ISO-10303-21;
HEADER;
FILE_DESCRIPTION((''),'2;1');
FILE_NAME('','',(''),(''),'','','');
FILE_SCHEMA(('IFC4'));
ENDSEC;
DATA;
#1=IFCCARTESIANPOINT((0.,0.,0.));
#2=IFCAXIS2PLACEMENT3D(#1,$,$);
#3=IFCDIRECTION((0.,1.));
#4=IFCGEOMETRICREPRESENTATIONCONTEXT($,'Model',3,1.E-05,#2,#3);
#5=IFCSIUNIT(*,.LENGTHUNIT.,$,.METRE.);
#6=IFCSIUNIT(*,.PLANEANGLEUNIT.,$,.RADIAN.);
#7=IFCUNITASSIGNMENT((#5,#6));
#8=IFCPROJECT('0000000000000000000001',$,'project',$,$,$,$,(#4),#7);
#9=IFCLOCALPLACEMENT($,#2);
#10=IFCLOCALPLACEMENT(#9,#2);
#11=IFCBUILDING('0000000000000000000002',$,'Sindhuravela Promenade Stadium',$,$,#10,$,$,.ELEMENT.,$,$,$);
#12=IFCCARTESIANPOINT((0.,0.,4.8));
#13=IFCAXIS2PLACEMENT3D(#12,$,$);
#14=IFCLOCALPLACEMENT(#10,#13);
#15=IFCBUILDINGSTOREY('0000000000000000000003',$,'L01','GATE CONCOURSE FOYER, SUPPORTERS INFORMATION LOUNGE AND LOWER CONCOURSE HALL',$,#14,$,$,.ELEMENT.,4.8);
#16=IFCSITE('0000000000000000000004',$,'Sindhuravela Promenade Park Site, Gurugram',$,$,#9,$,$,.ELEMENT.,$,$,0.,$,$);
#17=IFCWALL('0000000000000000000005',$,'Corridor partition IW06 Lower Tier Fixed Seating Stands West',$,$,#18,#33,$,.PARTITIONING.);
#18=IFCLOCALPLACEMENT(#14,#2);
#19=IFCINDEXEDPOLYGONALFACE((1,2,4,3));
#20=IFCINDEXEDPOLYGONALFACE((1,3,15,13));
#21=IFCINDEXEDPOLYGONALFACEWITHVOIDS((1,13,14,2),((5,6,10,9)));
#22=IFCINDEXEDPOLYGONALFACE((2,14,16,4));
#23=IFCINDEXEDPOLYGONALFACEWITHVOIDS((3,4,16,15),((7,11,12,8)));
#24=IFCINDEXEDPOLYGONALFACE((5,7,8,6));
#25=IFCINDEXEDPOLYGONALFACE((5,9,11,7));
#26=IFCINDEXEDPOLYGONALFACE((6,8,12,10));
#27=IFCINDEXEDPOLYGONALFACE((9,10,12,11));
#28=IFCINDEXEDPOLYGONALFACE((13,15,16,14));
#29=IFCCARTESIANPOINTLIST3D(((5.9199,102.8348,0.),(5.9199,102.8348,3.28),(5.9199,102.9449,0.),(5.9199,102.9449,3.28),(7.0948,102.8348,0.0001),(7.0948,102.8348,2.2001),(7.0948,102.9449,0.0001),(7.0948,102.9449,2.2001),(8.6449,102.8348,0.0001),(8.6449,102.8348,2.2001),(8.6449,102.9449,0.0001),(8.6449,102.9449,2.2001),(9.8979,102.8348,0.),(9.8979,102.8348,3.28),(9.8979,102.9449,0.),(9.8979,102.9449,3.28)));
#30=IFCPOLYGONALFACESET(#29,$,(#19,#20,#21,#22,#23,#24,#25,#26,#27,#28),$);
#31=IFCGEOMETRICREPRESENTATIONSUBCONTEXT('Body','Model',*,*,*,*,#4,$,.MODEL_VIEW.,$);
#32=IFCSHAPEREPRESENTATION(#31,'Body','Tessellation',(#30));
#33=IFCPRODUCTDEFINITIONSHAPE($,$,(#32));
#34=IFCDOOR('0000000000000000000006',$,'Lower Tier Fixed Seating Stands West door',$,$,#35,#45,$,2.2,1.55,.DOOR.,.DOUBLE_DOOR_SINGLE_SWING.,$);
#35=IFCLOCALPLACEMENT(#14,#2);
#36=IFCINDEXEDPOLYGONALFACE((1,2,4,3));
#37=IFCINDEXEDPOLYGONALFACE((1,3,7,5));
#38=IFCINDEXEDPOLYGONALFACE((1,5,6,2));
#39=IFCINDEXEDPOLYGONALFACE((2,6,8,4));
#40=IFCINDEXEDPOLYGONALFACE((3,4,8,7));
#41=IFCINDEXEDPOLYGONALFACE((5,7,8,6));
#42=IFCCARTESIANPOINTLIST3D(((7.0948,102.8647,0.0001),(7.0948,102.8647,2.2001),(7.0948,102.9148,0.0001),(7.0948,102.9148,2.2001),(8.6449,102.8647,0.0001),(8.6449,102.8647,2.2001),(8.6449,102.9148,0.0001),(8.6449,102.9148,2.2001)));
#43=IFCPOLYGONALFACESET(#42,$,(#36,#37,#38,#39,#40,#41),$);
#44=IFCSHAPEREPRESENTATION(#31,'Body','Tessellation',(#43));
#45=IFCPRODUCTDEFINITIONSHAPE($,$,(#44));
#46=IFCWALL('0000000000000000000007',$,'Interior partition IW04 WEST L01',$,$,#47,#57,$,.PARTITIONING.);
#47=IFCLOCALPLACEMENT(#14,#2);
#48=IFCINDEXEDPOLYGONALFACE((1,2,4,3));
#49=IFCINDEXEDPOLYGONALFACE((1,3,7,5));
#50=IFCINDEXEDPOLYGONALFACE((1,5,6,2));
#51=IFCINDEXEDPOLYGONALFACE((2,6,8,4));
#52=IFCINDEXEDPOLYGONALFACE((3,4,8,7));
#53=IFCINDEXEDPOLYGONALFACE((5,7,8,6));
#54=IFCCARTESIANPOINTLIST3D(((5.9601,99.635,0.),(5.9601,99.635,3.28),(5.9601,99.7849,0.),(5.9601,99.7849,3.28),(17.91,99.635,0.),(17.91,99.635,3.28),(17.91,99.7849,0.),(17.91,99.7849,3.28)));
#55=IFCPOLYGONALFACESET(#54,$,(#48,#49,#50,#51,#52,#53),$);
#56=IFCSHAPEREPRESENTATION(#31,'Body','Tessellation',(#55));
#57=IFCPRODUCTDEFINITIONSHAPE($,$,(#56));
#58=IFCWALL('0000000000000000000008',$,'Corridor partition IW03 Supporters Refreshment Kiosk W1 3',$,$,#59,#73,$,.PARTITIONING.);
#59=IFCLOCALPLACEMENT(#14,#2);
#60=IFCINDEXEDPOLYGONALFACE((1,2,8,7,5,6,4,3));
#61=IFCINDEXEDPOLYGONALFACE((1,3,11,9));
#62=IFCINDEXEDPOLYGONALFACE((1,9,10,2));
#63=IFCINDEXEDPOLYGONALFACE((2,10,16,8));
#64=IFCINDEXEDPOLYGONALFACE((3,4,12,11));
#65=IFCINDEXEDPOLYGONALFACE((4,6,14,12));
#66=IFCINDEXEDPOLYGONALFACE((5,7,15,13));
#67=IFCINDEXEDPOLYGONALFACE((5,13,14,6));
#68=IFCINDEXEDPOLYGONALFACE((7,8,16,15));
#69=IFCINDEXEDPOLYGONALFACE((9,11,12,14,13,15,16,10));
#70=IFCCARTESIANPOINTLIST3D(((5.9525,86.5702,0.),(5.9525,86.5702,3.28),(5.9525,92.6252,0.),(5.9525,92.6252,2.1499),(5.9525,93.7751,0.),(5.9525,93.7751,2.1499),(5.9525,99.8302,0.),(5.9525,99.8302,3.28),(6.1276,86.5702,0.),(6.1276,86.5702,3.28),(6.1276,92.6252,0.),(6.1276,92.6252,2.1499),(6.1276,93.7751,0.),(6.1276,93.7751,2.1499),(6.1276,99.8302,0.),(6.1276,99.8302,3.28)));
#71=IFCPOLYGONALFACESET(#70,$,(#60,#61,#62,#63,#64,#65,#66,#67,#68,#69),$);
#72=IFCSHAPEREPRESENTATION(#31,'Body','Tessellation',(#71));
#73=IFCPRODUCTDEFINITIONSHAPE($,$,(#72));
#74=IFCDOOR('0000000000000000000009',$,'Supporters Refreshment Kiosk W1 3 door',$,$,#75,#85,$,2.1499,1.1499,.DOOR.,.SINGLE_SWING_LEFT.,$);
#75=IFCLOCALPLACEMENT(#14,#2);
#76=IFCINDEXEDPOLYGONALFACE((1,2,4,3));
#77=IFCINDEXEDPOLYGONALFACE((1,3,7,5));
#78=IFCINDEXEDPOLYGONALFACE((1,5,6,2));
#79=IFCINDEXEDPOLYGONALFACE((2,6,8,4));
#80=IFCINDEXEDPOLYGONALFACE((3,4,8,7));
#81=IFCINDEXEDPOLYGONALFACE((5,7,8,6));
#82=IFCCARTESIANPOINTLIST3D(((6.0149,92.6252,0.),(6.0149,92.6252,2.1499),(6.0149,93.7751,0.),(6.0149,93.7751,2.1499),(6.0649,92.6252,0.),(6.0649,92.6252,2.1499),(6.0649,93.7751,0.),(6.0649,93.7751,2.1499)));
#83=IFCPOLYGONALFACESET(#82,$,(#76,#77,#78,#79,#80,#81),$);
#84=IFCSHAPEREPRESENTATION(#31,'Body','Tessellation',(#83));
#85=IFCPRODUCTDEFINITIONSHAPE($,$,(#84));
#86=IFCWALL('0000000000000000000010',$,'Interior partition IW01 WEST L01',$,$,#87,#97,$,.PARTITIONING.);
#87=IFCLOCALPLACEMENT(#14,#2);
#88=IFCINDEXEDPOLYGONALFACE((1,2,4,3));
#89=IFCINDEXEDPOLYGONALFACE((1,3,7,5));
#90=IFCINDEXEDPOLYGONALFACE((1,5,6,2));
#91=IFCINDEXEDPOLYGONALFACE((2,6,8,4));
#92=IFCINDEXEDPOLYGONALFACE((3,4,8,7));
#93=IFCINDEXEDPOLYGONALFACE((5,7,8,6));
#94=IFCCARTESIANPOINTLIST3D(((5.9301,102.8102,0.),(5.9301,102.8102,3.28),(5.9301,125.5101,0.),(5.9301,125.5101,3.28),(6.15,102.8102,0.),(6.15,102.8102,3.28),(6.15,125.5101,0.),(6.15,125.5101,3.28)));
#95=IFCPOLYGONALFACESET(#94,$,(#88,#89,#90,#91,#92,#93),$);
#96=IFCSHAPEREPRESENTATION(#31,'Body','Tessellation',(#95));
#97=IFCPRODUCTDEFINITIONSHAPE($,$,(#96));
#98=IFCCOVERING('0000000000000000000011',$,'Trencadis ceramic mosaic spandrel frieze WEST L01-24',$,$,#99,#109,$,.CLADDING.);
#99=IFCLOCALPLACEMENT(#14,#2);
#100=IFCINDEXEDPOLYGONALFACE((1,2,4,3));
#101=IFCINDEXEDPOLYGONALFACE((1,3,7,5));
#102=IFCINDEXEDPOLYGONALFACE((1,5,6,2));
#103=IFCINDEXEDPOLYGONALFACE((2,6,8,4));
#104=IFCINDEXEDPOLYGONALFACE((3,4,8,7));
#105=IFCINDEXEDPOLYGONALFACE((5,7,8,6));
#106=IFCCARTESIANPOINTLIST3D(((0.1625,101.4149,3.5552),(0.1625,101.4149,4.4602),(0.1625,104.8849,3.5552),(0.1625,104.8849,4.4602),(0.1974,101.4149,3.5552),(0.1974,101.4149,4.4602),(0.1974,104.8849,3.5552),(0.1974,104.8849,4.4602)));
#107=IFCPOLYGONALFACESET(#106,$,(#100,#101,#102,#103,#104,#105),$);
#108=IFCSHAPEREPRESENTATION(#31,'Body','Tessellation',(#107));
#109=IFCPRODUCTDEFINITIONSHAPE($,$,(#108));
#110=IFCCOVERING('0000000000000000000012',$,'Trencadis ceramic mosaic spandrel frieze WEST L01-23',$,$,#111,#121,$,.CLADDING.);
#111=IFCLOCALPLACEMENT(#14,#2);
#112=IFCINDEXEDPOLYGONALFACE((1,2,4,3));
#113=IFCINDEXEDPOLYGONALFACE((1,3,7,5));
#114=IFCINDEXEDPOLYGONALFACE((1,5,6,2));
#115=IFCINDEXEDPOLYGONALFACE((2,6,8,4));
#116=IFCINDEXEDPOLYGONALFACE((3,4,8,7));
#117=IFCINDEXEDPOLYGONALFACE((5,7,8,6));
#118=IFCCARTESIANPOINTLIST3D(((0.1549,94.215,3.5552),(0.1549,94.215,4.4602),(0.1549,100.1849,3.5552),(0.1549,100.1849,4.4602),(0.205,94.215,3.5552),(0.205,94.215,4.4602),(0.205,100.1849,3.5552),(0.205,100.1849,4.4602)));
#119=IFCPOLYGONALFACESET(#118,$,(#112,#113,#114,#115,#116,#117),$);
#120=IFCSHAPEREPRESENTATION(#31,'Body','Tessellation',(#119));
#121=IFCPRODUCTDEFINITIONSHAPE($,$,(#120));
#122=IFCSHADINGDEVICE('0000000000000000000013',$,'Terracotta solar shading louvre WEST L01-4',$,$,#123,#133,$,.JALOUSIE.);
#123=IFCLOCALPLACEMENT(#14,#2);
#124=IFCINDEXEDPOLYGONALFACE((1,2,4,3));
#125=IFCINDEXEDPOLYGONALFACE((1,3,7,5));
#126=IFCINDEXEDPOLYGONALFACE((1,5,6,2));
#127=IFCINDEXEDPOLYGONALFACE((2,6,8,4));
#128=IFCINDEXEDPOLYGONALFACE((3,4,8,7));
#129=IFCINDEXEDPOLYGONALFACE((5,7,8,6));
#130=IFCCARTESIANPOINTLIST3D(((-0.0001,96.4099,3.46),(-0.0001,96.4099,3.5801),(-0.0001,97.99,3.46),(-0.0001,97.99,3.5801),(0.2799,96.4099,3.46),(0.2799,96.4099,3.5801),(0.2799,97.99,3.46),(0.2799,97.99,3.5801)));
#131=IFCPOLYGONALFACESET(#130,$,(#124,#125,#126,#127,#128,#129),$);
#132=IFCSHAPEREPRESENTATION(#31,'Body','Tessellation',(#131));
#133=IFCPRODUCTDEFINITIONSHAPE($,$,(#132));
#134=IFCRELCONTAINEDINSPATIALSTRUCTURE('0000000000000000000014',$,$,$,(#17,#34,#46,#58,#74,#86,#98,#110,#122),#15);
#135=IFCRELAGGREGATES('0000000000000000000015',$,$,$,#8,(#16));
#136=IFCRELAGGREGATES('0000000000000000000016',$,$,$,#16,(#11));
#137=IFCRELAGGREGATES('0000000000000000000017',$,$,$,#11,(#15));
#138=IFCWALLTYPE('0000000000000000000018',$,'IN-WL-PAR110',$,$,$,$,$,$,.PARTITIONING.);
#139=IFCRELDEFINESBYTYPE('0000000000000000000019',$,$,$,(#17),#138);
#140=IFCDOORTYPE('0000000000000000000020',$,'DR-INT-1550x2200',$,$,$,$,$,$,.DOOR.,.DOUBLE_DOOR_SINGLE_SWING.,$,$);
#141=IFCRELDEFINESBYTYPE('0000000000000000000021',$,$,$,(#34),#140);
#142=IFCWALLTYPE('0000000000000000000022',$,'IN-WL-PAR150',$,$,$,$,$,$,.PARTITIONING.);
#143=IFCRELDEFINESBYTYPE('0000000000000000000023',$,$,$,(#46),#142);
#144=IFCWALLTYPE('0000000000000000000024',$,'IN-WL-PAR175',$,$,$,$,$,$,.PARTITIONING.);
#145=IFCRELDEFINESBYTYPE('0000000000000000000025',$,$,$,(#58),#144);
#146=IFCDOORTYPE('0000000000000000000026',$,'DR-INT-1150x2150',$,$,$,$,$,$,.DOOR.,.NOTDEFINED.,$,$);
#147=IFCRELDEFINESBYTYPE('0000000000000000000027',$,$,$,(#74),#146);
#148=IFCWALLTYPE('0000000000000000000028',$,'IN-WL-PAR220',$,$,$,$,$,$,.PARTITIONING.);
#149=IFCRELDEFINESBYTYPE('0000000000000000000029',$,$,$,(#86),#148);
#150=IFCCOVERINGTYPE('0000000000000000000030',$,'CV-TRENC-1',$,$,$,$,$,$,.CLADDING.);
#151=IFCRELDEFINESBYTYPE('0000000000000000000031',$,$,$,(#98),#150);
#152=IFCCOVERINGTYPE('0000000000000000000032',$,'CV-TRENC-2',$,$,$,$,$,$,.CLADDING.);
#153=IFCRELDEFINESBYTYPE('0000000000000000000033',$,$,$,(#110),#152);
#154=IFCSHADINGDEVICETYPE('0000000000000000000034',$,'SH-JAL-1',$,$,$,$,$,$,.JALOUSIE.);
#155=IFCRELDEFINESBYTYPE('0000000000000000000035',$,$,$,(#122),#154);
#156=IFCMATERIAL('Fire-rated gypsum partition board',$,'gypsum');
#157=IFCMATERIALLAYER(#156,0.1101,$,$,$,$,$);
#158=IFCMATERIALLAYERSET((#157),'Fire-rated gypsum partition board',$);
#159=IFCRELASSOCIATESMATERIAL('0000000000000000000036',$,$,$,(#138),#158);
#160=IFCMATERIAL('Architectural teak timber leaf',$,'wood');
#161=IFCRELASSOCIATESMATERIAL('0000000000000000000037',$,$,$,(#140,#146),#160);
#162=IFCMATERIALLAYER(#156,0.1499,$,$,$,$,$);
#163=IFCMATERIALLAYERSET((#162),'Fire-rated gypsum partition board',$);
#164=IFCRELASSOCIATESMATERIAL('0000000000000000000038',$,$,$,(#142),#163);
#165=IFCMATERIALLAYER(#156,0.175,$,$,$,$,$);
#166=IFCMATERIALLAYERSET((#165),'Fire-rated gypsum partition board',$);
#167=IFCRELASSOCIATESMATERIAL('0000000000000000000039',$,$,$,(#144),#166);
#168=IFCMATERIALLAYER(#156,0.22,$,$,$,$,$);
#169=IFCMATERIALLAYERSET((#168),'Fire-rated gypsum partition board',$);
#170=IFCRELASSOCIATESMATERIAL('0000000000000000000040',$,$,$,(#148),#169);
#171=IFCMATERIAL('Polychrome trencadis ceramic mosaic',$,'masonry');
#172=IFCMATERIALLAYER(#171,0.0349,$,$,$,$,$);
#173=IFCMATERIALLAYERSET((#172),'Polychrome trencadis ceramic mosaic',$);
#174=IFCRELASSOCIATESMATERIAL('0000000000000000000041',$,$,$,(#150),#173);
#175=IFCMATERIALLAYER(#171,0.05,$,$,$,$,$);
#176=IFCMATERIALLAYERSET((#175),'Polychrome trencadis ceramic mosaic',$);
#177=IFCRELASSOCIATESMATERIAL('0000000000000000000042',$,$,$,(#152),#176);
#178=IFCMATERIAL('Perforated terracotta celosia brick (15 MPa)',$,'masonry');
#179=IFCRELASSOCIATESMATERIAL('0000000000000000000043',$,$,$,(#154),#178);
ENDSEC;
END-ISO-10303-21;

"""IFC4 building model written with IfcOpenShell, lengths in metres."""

from ifc_helpers import new_model, si_unit, direction, frame, frame_2d, origin, origin_2d, place, context, subcontext, project, spatial, rectangle, extrude, material, layer, layer_set, type_object, element, fill, save


model = new_model("IFC4")

# Units and contexts
model_context = context("Model", 3, precision=1e-05, world=origin(), true_north=direction((0.0, 1.0)))
body_context = subcontext(model_context, "Body", "Model", "MODEL_VIEW")
ifc_project = project(units=[si_unit("LENGTHUNIT", "METRE"), si_unit("PLANEANGLEUNIT", "RADIAN")], contexts=[model_context])

# Site, building, storey
site_placement = place(None, origin())
site = spatial("IfcSite", under=ifc_project, at=site_placement, Name="Sindhuravela Promenade Park Site, Gurugram", CompositionType="ELEMENT", RefElevation=0.0)
building_placement = place(site_placement, origin())
building = spatial("IfcBuilding", under=site, at=building_placement, Name="Sindhuravela Promenade Stadium", CompositionType="ELEMENT")
storey_placement = place(building_placement, frame((0.0, 0.0, 4.8)))
storey = spatial("IfcBuildingStorey", under=building, at=storey_placement, Name="L01", Description="GATE CONCOURSE FOYER, SUPPORTERS INFORMATION LOUNGE AND LOWER CONCOURSE HALL", CompositionType="ELEMENT", Elevation=4.8)

# Wall, opening, door
ifc_material_1 = material(Name="Fire-rated gypsum partition board", Category="gypsum")
ifc_layer_1 = layer(ifc_material_1, 0.1101)
ifc_layer_set_1 = layer_set([ifc_layer_1], Name="Fire-rated gypsum partition board")
wall_type_1 = type_object("IfcWallType", Name="IN-WL-PAR110", PredefinedType="PARTITIONING", material=ifc_layer_set_1)
wall_1_placement = place(storey_placement, frame((5.9199, 102.8899, 0.0), z_axis=(0.0, 0.0, 1.0), x_axis=(1.0, 0.0, 0.0)))
wall_1 = element("IfcWall", 1, at=wall_1_placement, inside=storey, type_object=wall_type_1, Name="Corridor partition IW06 Lower Tier Fixed Seating Stands West", PredefinedType="PARTITIONING", context=body_context, shape_type="SweptSolid", body=[
    extrude(rectangle(XDim=3.978, YDim=0.1101, at=frame_2d((1.989, 0.0))), origin(), (0.0, 0.0, 1.0), 3.28),
])
opening_1_placement = place(wall_1_placement, frame((1.175, 0.0, 0.0)))
opening_1 = element("IfcOpeningElement", 2, at=opening_1_placement, cuts=wall_1, PredefinedType="OPENING", context=body_context, shape_type="SweptSolid", body=[
    extrude(rectangle(XDim=1.55, YDim=2.2, at=frame_2d((0.7749, 1.1001))), frame((0.0, 0.0649, 0.0), z_axis=(0.0, -1.0, 0.0), x_axis=(1.0, 0.0, 0.0)), (0.0, 0.0, 1.0), 0.1301),
])
ifc_material_2 = material(Name="Architectural teak timber leaf", Category="wood")
door_type_1 = type_object("IfcDoorType", Name="DR-INT-1550x2200", OperationType="DOUBLE_DOOR_SINGLE_SWING", PredefinedType="DOOR", material=ifc_material_2)
door_1_placement = place(opening_1_placement, origin())
door_1 = element("IfcDoor", 3, at=door_1_placement, inside=storey, type_object=door_type_1, Name="Lower Tier Fixed Seating Stands West door", OperationType="DOUBLE_DOOR_SINGLE_SWING", OverallHeight=2.2, OverallWidth=1.55, PredefinedType="DOOR", context=body_context, shape_type="SweptSolid", body=[
    extrude(rectangle(XDim=1.55, YDim=2.2, at=frame_2d((0.7749, 1.1001))), frame((0.0, 0.0249, 0.0), z_axis=(0.0, -1.0, 0.0), x_axis=(1.0, 0.0, 0.0)), (0.0, 0.0, 1.0), 0.05),
])
fill(opening_1, door_1)

# Wall
ifc_layer_2 = layer(ifc_material_1, 0.1499)
ifc_layer_set_2 = layer_set([ifc_layer_2], Name="Fire-rated gypsum partition board")
wall_type_2 = type_object("IfcWallType", Name="IN-WL-PAR150", PredefinedType="PARTITIONING", material=ifc_layer_set_2)
wall_2_placement = place(storey_placement, frame((5.96, 99.71, 0.0), z_axis=(0.0, 0.0, 1.0), x_axis=(1.0, 0.0, 0.0)))
element("IfcWall", 4, at=wall_2_placement, inside=storey, type_object=wall_type_2, Name="Interior partition IW04 WEST L01", PredefinedType="PARTITIONING", context=body_context, shape_type="SweptSolid", body=[
    extrude(rectangle(XDim=11.95, YDim=0.1499, at=frame_2d((5.9751, 0.0))), origin(), (0.0, 0.0, 1.0), 3.28),
])

# Wall, opening, door
ifc_layer_3 = layer(ifc_material_1, 0.175)
ifc_layer_set_3 = layer_set([ifc_layer_3], Name="Fire-rated gypsum partition board")
wall_type_3 = type_object("IfcWallType", Name="IN-WL-PAR175", PredefinedType="PARTITIONING", material=ifc_layer_set_3)
wall_3_placement = place(storey_placement, frame((6.04, 99.8301, 0.0), z_axis=(0.0, 0.0, 1.0), x_axis=(0.0, -1.0, 0.0)))
wall_3 = element("IfcWall", 5, at=wall_3_placement, inside=storey, type_object=wall_type_3, Name="Corridor partition IW03 Supporters Refreshment Kiosk W1 3", PredefinedType="PARTITIONING", context=body_context, shape_type="SweptSolid", body=[
    extrude(rectangle(XDim=13.26, YDim=0.175, at=frame_2d((6.6299, 0.0))), origin(), (0.0, 0.0, 1.0), 3.28),
])
opening_2_placement = place(wall_3_placement, frame((6.0549, 0.0, 0.0)))
opening_2 = element("IfcOpeningElement", 6, at=opening_2_placement, cuts=wall_3, PredefinedType="OPENING", context=body_context, shape_type="SweptSolid", body=[
    extrude(rectangle(XDim=1.1499, YDim=2.1499, at=frame_2d((0.575, 1.075))), frame((0.0, 0.0974, 0.0), z_axis=(0.0, -1.0, 0.0), x_axis=(1.0, 0.0, 0.0)), (0.0, 0.0, 1.0), 0.1951),
])
door_type_2 = type_object("IfcDoorType", Name="DR-INT-1150x2150", OperationType="NOTDEFINED", PredefinedType="DOOR", material=ifc_material_2)
door_2_placement = place(opening_2_placement, origin())
door_2 = element("IfcDoor", 7, at=door_2_placement, inside=storey, type_object=door_type_2, Name="Supporters Refreshment Kiosk W1 3 door", OperationType="SINGLE_SWING_LEFT", OverallHeight=2.1499, OverallWidth=1.1499, PredefinedType="DOOR", context=body_context, shape_type="SweptSolid", body=[
    extrude(rectangle(XDim=1.1499, YDim=2.1499, at=frame_2d((0.575, 1.075))), frame((0.0, 0.0249, 0.0), z_axis=(0.0, -1.0, 0.0), x_axis=(1.0, 0.0, 0.0)), (0.0, 0.0, 1.0), 0.05),
])
fill(opening_2, door_2)

# Wall
ifc_layer_4 = layer(ifc_material_1, 0.22)
ifc_layer_set_4 = layer_set([ifc_layer_4], Name="Fire-rated gypsum partition board")
wall_type_4 = type_object("IfcWallType", Name="IN-WL-PAR220", PredefinedType="PARTITIONING", material=ifc_layer_set_4)
wall_4_placement = place(storey_placement, frame((6.04, 102.8101, 0.0), z_axis=(0.0, 0.0, 1.0), x_axis=(0.0, 1.0, 0.0)))
element("IfcWall", 8, at=wall_4_placement, inside=storey, type_object=wall_type_4, Name="Interior partition IW01 WEST L01", PredefinedType="PARTITIONING", context=body_context, shape_type="SweptSolid", body=[
    extrude(rectangle(XDim=22.7, YDim=0.22, at=frame_2d((11.3501, 0.0))), origin(), (0.0, 0.0, 1.0), 3.28),
])

# Coverings
ifc_material_3 = material(Name="Polychrome trencadis ceramic mosaic", Category="masonry")
ifc_layer_5 = layer(ifc_material_3, 0.0349)
ifc_layer_set_5 = layer_set([ifc_layer_5], Name="Polychrome trencadis ceramic mosaic")
covering_type_1 = type_object("IfcCoveringType", Name="CV-TRENC-1", PredefinedType="CLADDING", material=ifc_layer_set_5)
covering_1_placement = place(storey_placement, frame((0.1799, 103.1499, 3.5552), z_axis=(0.0, 0.0, 1.0), x_axis=(0.0, 1.0, 0.0)))
element("IfcCovering", 9, at=covering_1_placement, inside=storey, type_object=covering_type_1, Name="Trencadis ceramic mosaic spandrel frieze WEST L01-24", PredefinedType="CLADDING", context=body_context, shape_type="SweptSolid", body=[
    extrude(rectangle(XDim=3.47, YDim=0.0349, at=origin_2d()), origin(), (0.0, 0.0, 1.0), 0.905),
])
ifc_layer_6 = layer(ifc_material_3, 0.05)
ifc_layer_set_6 = layer_set([ifc_layer_6], Name="Polychrome trencadis ceramic mosaic")
covering_type_2 = type_object("IfcCoveringType", Name="CV-TRENC-2", PredefinedType="CLADDING", material=ifc_layer_set_6)
covering_2_placement = place(storey_placement, frame((0.1799, 97.2, 3.5552), z_axis=(0.0, 0.0, 1.0), x_axis=(0.0, 1.0, 0.0)))
element("IfcCovering", 10, at=covering_2_placement, inside=storey, type_object=covering_type_2, Name="Trencadis ceramic mosaic spandrel frieze WEST L01-23", PredefinedType="CLADDING", context=body_context, shape_type="SweptSolid", body=[
    extrude(rectangle(XDim=5.97, YDim=0.05, at=origin_2d()), origin(), (0.0, 0.0, 1.0), 0.905),
])

# Shading device
ifc_material_4 = material(Name="Perforated terracotta celosia brick (15 MPa)", Category="masonry")
shading_device_type = type_object("IfcShadingDeviceType", Name="SH-JAL-1", PredefinedType="JALOUSIE", material=ifc_material_4)
shading_device_placement = place(storey_placement, frame((0.1399, 97.2, 3.46), z_axis=(0.0, 0.0, 1.0), x_axis=(0.0, 1.0, 0.0)))
element("IfcShadingDevice", 11, at=shading_device_placement, inside=storey, type_object=shading_device_type, Name="Terracotta solar shading louvre WEST L01-4", PredefinedType="JALOUSIE", context=body_context, shape_type="SweptSolid", body=[
    extrude(rectangle(XDim=1.5801, YDim=0.28, at=origin_2d()), origin(), (0.0, 0.0, 1.0), 0.1201),
])

save(model, "model.ifc")
